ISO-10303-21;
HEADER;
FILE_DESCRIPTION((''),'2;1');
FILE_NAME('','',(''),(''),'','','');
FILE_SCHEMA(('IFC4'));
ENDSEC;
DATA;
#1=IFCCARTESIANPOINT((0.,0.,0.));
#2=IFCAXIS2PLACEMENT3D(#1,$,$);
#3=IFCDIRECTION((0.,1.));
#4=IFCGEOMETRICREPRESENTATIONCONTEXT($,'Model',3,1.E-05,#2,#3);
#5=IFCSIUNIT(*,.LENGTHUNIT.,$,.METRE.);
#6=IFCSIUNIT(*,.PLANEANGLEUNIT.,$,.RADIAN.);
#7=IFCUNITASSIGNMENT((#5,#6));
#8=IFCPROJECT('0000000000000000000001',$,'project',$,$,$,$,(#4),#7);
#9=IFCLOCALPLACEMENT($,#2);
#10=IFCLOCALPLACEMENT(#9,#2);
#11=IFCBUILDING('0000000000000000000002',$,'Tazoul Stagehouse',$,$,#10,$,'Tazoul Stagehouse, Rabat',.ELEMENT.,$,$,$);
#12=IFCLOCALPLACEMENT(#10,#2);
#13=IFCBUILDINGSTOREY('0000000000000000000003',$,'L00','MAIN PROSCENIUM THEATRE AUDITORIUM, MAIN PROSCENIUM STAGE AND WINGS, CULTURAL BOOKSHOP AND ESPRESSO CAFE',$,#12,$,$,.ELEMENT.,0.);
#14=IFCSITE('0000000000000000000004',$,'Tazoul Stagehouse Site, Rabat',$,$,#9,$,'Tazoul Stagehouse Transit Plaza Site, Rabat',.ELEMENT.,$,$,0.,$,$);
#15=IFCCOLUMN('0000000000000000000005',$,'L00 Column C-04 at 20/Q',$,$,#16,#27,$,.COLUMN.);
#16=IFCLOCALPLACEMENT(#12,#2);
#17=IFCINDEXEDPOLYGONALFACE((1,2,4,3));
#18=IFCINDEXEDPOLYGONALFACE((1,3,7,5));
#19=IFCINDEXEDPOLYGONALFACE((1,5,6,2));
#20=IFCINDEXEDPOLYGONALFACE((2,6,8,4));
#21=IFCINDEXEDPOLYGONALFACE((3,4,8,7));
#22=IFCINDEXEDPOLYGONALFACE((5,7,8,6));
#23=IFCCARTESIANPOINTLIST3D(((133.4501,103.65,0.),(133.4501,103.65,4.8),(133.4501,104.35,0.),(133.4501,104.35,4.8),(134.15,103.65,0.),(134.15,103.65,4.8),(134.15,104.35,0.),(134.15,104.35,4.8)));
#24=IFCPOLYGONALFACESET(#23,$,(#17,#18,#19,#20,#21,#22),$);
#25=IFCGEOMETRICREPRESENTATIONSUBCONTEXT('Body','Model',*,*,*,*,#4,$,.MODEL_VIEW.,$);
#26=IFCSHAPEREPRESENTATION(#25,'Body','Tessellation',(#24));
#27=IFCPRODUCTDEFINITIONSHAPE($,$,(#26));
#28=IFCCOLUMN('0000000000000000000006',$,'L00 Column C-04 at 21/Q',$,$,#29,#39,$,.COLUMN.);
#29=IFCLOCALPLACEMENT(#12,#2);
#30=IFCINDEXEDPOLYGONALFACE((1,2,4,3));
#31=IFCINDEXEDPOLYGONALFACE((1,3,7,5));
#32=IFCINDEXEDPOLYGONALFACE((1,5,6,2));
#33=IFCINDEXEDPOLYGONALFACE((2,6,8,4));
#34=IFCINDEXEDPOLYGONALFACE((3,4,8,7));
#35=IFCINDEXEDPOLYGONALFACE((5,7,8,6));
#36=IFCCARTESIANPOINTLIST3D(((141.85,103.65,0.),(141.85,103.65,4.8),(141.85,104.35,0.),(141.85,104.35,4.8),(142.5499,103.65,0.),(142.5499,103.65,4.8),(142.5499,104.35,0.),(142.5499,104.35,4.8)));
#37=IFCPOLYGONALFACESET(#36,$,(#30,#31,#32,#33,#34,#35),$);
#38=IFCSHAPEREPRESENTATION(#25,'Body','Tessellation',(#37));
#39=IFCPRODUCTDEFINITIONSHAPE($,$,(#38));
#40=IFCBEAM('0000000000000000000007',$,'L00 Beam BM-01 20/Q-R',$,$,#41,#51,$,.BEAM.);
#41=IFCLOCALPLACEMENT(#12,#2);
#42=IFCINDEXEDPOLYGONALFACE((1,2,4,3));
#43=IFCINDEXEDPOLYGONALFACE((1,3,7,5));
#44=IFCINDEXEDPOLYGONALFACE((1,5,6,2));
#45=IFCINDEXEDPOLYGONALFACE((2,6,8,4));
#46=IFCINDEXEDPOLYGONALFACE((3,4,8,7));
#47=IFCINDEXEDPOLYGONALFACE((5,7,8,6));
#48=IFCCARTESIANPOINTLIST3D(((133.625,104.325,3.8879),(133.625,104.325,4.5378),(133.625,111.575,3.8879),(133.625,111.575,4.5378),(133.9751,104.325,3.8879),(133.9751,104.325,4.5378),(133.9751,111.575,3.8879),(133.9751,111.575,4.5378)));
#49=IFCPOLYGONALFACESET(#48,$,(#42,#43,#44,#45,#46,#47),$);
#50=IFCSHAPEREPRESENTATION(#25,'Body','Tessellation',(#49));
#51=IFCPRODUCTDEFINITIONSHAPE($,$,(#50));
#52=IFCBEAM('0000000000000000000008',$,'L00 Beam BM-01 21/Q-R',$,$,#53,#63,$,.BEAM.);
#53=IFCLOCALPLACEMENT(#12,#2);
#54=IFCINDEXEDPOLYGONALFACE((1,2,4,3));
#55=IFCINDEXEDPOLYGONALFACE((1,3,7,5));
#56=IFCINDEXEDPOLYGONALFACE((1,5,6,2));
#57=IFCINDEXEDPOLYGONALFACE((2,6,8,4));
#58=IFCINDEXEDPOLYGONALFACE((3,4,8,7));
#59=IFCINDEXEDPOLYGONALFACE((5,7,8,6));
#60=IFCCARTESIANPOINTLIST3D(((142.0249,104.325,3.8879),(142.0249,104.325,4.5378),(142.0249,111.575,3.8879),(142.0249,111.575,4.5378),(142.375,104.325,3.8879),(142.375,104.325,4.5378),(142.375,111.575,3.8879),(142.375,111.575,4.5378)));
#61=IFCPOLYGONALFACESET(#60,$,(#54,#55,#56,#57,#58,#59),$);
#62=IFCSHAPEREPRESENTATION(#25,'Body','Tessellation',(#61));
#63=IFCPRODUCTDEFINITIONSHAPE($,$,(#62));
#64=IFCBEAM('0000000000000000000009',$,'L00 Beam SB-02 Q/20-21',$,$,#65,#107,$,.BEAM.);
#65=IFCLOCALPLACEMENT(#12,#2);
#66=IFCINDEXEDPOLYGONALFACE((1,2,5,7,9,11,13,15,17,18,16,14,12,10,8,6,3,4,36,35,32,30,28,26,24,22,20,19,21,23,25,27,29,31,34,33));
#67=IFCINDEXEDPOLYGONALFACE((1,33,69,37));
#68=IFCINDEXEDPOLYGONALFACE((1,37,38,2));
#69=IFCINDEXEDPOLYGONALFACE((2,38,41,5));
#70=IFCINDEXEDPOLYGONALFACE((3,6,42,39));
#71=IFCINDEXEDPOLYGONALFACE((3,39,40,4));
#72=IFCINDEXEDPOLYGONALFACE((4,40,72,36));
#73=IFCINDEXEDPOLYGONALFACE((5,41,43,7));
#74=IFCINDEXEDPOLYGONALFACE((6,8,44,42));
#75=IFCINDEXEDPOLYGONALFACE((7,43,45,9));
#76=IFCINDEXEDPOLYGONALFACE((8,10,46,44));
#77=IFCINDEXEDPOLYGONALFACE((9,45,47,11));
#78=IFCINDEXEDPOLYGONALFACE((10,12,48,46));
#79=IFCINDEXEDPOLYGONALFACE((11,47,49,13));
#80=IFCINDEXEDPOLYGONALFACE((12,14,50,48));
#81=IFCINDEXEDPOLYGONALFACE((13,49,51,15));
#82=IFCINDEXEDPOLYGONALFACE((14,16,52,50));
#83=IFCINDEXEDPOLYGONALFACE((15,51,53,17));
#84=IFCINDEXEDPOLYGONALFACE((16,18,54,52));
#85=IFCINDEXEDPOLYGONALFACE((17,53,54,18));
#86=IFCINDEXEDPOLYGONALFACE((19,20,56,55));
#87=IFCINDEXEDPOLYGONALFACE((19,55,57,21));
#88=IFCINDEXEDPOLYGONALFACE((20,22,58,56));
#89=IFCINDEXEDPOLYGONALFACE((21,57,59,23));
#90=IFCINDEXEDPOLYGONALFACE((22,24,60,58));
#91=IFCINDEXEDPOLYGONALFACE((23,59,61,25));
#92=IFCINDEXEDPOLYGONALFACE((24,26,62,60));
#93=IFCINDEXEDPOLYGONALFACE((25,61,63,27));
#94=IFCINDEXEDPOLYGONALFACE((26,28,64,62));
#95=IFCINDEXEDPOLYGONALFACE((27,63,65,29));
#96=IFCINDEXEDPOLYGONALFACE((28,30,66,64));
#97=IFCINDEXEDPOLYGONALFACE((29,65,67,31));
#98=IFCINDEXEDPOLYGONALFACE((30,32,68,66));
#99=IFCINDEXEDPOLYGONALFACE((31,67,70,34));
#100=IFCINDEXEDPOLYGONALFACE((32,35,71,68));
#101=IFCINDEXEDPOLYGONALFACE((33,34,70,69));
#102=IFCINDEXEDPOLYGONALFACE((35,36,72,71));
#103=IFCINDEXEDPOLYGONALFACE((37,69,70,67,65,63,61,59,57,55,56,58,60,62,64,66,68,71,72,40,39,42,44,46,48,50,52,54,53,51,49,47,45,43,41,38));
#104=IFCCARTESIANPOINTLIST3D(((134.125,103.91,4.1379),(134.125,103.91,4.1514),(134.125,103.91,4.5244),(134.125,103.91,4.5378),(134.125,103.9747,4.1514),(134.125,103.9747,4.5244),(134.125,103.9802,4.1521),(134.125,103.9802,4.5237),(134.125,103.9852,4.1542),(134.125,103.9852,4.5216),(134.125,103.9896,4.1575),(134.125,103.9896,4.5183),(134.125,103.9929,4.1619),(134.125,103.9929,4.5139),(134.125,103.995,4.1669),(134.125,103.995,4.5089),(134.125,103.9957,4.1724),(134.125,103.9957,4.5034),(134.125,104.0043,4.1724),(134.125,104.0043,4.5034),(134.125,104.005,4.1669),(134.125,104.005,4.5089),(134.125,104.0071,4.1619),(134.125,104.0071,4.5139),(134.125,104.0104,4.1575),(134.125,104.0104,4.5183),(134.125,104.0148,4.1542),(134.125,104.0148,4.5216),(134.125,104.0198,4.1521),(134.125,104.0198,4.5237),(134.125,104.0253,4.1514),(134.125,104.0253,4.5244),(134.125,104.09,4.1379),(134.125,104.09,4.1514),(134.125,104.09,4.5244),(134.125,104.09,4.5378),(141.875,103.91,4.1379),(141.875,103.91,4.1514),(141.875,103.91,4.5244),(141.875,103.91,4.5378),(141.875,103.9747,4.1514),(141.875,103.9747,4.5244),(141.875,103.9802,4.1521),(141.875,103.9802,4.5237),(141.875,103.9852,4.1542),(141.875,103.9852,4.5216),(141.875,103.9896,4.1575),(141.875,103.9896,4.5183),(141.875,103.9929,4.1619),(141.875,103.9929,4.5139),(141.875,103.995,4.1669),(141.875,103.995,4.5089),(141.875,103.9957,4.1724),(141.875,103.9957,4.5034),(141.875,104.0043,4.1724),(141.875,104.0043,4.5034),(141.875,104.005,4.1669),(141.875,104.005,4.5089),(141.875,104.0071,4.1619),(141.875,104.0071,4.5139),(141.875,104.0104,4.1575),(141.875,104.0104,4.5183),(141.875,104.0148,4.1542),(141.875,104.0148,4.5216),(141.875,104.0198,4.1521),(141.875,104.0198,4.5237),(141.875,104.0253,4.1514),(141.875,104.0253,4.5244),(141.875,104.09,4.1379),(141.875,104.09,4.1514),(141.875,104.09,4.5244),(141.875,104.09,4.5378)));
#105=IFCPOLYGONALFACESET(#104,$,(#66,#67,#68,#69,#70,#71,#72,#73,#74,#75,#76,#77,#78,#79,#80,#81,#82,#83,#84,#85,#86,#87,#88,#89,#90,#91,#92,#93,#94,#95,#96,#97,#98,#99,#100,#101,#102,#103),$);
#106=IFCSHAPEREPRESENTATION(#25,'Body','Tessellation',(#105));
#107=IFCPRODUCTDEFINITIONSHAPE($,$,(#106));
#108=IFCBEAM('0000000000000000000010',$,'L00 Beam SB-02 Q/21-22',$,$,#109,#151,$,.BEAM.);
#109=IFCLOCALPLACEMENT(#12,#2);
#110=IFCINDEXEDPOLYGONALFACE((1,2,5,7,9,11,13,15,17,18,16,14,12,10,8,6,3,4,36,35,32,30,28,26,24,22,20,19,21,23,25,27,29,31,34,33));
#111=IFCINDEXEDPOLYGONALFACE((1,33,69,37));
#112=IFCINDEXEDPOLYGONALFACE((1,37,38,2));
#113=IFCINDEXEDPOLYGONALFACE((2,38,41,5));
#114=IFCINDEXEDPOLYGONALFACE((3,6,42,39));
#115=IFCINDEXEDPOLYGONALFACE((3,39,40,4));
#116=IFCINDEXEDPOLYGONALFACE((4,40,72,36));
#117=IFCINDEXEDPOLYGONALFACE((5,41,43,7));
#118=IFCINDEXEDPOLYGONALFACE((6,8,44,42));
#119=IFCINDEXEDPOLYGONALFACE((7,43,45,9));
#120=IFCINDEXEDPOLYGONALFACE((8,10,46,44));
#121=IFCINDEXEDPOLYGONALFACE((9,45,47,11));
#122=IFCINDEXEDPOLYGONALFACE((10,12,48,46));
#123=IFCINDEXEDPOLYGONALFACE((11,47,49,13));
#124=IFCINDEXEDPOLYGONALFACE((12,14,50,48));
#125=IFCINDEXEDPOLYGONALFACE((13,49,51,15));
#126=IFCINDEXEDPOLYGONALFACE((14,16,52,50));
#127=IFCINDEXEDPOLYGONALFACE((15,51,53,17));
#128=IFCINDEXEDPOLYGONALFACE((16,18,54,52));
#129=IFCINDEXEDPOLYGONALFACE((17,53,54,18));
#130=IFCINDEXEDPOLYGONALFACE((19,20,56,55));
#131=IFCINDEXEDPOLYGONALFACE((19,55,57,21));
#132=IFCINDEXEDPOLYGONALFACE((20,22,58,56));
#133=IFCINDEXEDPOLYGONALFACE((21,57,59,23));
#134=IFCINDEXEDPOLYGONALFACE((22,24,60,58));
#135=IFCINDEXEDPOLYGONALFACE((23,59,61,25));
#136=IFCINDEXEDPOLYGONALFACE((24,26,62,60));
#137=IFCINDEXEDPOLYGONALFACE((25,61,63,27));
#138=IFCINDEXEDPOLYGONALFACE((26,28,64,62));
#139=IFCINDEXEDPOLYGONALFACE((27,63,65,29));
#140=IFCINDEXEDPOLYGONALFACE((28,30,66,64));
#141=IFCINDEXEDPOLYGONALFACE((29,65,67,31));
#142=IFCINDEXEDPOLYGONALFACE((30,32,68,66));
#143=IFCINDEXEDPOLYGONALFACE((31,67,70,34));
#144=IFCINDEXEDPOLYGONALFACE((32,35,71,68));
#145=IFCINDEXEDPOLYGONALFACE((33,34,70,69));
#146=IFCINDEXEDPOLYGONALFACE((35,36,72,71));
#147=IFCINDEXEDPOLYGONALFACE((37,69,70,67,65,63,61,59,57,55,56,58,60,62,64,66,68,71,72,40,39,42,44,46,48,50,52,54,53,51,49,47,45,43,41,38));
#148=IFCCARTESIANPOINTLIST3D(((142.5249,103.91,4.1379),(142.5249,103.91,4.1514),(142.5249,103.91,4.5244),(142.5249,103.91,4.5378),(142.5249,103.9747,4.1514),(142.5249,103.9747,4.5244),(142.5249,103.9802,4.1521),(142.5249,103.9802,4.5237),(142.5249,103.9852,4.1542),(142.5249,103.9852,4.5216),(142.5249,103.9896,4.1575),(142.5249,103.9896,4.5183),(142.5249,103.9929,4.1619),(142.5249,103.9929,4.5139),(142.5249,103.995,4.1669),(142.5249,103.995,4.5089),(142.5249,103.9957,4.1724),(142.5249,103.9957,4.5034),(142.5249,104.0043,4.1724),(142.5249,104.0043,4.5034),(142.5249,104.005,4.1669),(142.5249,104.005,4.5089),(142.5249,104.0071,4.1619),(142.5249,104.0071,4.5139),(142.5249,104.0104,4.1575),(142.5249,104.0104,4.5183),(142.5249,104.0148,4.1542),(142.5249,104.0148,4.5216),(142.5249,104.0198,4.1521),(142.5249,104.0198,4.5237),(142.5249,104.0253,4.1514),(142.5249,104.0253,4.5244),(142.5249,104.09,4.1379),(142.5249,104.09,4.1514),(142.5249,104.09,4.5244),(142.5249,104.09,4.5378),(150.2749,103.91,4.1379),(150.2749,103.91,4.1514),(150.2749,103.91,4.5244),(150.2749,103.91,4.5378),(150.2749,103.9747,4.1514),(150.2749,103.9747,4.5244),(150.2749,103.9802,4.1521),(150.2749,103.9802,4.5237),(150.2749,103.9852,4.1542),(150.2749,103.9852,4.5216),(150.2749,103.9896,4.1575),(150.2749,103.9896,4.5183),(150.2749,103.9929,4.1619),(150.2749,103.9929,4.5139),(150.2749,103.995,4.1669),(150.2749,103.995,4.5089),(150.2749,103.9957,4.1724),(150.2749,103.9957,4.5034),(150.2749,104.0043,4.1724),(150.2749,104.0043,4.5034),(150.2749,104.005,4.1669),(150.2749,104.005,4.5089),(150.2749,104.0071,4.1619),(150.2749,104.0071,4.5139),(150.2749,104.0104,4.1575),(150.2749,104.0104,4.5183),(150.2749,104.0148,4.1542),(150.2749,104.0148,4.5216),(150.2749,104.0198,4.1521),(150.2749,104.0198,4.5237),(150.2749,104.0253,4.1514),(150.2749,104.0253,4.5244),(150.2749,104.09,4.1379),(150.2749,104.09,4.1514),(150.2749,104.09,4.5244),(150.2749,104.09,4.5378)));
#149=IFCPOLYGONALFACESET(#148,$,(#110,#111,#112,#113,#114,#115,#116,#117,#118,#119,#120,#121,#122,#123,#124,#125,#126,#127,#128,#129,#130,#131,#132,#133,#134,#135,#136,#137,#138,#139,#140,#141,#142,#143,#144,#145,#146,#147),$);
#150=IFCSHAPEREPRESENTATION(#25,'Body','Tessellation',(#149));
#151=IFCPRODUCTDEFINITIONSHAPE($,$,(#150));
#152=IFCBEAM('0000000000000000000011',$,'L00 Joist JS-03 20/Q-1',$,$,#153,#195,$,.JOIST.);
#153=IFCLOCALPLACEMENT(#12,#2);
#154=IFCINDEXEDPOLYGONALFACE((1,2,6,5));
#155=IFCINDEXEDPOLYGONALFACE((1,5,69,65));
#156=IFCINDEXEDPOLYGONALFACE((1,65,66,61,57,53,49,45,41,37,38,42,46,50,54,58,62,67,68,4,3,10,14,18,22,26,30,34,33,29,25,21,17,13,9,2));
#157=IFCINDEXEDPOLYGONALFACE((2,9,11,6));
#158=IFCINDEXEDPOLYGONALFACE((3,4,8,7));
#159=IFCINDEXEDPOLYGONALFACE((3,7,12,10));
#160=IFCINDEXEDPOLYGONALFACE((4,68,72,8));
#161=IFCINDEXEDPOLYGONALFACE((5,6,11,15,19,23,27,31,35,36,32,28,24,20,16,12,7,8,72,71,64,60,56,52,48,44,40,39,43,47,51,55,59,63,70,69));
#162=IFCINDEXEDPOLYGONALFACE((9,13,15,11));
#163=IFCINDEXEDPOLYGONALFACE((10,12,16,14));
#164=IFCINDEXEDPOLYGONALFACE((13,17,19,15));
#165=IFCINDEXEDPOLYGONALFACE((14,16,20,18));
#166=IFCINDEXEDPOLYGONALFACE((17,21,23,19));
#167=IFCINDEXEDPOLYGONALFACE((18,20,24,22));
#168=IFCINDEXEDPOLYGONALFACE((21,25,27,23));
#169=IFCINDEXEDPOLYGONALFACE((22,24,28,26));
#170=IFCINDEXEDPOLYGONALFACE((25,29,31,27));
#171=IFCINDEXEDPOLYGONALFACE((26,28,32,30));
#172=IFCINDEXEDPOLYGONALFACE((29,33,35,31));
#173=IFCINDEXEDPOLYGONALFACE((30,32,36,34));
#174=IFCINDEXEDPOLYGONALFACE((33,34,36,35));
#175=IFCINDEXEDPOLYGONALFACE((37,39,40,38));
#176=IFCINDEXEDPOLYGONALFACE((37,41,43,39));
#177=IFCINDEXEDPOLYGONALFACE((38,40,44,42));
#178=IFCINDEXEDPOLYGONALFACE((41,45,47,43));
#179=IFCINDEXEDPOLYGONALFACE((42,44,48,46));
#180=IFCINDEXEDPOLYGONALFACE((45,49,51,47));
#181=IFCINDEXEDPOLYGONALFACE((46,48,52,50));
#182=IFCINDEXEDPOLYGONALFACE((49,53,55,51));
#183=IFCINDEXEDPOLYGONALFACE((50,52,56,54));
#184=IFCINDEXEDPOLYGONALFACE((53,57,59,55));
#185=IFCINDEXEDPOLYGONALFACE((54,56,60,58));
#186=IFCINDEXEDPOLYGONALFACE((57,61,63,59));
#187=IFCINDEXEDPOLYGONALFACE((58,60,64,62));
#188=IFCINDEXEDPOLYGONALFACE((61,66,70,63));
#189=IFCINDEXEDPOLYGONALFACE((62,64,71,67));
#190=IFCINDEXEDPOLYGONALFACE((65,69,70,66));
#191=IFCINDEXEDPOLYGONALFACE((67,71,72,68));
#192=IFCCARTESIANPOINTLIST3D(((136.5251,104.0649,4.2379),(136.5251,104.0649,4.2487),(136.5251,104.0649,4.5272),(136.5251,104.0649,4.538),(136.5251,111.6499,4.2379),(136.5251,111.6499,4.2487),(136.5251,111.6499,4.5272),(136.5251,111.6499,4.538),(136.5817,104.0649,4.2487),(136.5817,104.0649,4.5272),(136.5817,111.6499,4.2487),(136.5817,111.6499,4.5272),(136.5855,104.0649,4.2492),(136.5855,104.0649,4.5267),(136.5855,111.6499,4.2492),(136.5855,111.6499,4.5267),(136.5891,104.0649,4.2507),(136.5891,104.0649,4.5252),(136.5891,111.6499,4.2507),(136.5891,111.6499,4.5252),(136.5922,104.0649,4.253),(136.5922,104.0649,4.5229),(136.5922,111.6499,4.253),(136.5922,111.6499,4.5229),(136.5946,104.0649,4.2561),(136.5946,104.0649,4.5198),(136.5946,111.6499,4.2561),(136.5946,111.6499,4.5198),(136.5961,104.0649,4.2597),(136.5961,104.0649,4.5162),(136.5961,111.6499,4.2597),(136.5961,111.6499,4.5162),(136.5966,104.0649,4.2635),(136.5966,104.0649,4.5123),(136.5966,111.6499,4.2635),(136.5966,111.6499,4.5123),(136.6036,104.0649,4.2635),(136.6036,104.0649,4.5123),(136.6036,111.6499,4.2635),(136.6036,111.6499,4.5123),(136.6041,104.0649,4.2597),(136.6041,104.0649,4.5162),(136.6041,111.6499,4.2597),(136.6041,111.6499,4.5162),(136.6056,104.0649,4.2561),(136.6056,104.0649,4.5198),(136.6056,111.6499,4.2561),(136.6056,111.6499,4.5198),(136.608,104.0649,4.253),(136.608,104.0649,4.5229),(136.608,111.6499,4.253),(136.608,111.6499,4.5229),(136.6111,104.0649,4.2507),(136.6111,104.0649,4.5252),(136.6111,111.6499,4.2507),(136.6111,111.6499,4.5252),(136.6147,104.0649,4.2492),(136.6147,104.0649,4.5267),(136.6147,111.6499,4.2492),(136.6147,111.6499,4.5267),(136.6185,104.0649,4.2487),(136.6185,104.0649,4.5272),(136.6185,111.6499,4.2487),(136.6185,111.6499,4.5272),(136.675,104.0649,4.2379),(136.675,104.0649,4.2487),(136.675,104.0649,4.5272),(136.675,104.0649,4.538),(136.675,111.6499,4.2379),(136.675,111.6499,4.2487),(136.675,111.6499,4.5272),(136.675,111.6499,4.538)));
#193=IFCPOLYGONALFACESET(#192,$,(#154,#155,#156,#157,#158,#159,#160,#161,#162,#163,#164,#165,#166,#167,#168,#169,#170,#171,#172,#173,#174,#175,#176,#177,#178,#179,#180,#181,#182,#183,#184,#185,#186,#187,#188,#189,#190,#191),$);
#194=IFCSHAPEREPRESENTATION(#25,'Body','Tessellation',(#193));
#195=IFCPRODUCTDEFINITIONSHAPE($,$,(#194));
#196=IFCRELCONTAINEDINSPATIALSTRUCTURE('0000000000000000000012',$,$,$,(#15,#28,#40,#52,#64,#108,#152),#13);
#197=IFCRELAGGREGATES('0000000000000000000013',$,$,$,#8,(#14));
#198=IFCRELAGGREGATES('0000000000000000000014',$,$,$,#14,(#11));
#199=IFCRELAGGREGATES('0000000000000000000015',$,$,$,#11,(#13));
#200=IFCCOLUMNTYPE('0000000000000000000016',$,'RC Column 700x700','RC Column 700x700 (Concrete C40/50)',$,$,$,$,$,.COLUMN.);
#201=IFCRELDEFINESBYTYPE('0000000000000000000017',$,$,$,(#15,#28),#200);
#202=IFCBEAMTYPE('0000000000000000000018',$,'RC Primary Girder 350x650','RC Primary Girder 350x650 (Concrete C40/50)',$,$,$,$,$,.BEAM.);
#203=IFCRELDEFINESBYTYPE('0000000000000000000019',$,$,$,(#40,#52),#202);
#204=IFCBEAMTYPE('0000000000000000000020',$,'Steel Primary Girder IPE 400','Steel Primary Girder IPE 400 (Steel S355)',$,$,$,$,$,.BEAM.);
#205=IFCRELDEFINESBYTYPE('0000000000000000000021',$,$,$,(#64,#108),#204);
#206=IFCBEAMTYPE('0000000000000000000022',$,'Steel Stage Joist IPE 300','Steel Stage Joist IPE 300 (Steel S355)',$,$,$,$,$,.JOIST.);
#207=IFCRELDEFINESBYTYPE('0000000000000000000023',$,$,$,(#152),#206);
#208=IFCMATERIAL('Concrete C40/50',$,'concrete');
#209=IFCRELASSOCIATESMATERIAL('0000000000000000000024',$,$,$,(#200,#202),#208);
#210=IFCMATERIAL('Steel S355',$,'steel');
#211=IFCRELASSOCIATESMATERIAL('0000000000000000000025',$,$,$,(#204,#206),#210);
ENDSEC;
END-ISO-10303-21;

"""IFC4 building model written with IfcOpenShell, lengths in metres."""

from ifc_helpers import new_model, si_unit, direction, frame, origin, origin_2d, place, context, subcontext, project, spatial, rectangle, i_section, extrude, material, material_profile, profile_set, type_object, element, save


model = new_model("IFC4")

# Units and contexts
model_context = context("Model", 3, precision=1e-05, world=origin(), true_north=direction((0.0, 1.0)))
body_context = subcontext(model_context, "Body", "Model", "MODEL_VIEW")
ifc_project = project(units=[si_unit("LENGTHUNIT", "METRE"), si_unit("PLANEANGLEUNIT", "RADIAN")], contexts=[model_context])

# Site, building, storey
site_placement = place(None, origin())
site = spatial("IfcSite", under=ifc_project, at=site_placement, Name="Tazoul Stagehouse Site, Rabat", LongName="Tazoul Stagehouse Transit Plaza Site, Rabat", CompositionType="ELEMENT", RefElevation=0.0)
building_placement = place(site_placement, origin())
building = spatial("IfcBuilding", under=site, at=building_placement, Name="Tazoul Stagehouse", LongName="Tazoul Stagehouse, Rabat", CompositionType="ELEMENT")
storey_placement = place(building_placement, origin())
storey = spatial("IfcBuildingStorey", under=building, at=storey_placement, Name="L00", Description="MAIN PROSCENIUM THEATRE AUDITORIUM, MAIN PROSCENIUM STAGE AND WINGS, CULTURAL BOOKSHOP AND ESPRESSO CAFE", CompositionType="ELEMENT", Elevation=0.0)

# Columns
ifc_material_1 = material(Name="Concrete C40/50", Category="concrete")
ifc_material_profile_1 = material_profile(ifc_material_1, rectangle(XDim=0.7, YDim=0.7, at=origin_2d()), Name="RC 700x700")
ifc_profile_set_1 = profile_set([ifc_material_profile_1], Name="Concrete C40/50")
column_type = type_object("IfcColumnType", Name="RC Column 700x700", Description="RC Column 700x700 (Concrete C40/50)", PredefinedType="COLUMN", material=ifc_profile_set_1)
for number, where, z_axis, x_axis, name in (
    (1, (133.8, 104.0, 0.0), (0.0, 0.0, 1.0), (1.0, 0.0, 0.0), "L00 Column C-04 at 20/Q"),
    (2, (142.2, 104.0, 0.0), (0.0, 0.0, 1.0), (1.0, 0.0, 0.0), "L00 Column C-04 at 21/Q"),
):
    element("IfcColumn", number, at=place(storey_placement, frame(where, z_axis=z_axis, x_axis=x_axis)), inside=storey, type_object=column_type, Name=name, PredefinedType="COLUMN", context=body_context, shape_type="SweptSolid", body=[
        extrude(rectangle(XDim=0.7, YDim=0.7, at=origin_2d()), origin(), (0.0, 0.0, 1.0), 4.8),
    ])

# Beams
ifc_material_profile_2 = material_profile(ifc_material_1, rectangle(XDim=0.3501, YDim=0.6499, at=origin_2d()), Name="RC 350x650")
ifc_profile_set_2 = profile_set([ifc_material_profile_2], Name="Concrete C40/50")
beam_type_1 = type_object("IfcBeamType", Name="RC Primary Girder 350x650", Description="RC Primary Girder 350x650 (Concrete C40/50)", PredefinedType="BEAM", material=ifc_profile_set_2)
for number, where, z_axis, x_axis, name in (
    (3, (133.8, 104.325, 4.2129), (0.0, 1.0, 0.0), (-1.0, 0.0, 0.0), "L00 Beam BM-01 20/Q-R"),
    (4, (142.2, 104.325, 4.2129), (0.0, 1.0, 0.0), (-1.0, 0.0, 0.0), "L00 Beam BM-01 21/Q-R"),
):
    element("IfcBeam", number, at=place(storey_placement, frame(where, z_axis=z_axis, x_axis=x_axis)), inside=storey, type_object=beam_type_1, Name=name, PredefinedType="BEAM", context=body_context, shape_type="SweptSolid", body=[
        extrude(rectangle(XDim=0.3501, YDim=0.6499, at=origin_2d()), origin(), (0.0, 0.0, 1.0), 7.25),
    ])
ifc_material_2 = material(Name="Steel S355", Category="steel")
ifc_material_profile_3 = material_profile(ifc_material_2, i_section(OverallWidth=0.1799, OverallDepth=0.3999, WebThickness=0.0085, FlangeThickness=0.0134, FilletRadius=0.021, at=origin_2d()), Name="IPE 400")
ifc_profile_set_3 = profile_set([ifc_material_profile_3], Name="Steel S355")
beam_type_2 = type_object("IfcBeamType", Name="Steel Primary Girder IPE 400", Description="Steel Primary Girder IPE 400 (Steel S355)", PredefinedType="BEAM", material=ifc_profile_set_3)
for number, where, z_axis, x_axis, name in (
    (5, (134.125, 104.0, 4.3379), (1.0, 0.0, 0.0), (0.0, 1.0, 0.0), "L00 Beam SB-02 Q/20-21"),
    (6, (142.5249, 104.0, 4.3379), (1.0, 0.0, 0.0), (0.0, 1.0, 0.0), "L00 Beam SB-02 Q/21-22"),
):
    element("IfcBeam", number, at=place(storey_placement, frame(where, z_axis=z_axis, x_axis=x_axis)), inside=storey, type_object=beam_type_2, Name=name, PredefinedType="BEAM", context=body_context, shape_type="SweptSolid", body=[
        extrude(i_section(OverallWidth=0.1799, OverallDepth=0.3999, WebThickness=0.0085, FlangeThickness=0.0134, FilletRadius=0.021, at=origin_2d()), origin(), (0.0, 0.0, 1.0), 7.75),
    ])
ifc_material_profile_4 = material_profile(ifc_material_2, i_section(OverallWidth=0.1499, OverallDepth=0.3, WebThickness=0.0071, FlangeThickness=0.0107, FilletRadius=0.0149, at=origin_2d()), Name="IPE 300")
ifc_profile_set_4 = profile_set([ifc_material_profile_4], Name="Steel S355")
beam_type_3 = type_object("IfcBeamType", Name="Steel Stage Joist IPE 300", Description="Steel Stage Joist IPE 300 (Steel S355)", PredefinedType="JOIST", material=ifc_profile_set_4)
for number, where, z_axis, x_axis, name in (
    (7, (136.6001, 104.0649, 4.3879), (0.0, 1.0, 0.0), (-1.0, 0.0, 0.0), "L00 Joist JS-03 20/Q-1"),
):
    element("IfcBeam", number, at=place(storey_placement, frame(where, z_axis=z_axis, x_axis=x_axis)), inside=storey, type_object=beam_type_3, Name=name, PredefinedType="JOIST", context=body_context, shape_type="SweptSolid", body=[
        extrude(i_section(OverallWidth=0.1499, OverallDepth=0.3, WebThickness=0.0071, FlangeThickness=0.0107, FilletRadius=0.0149, at=origin_2d()), origin(), (0.0, 0.0, 1.0), 7.585),
    ])

save(model, "model.ifc")
